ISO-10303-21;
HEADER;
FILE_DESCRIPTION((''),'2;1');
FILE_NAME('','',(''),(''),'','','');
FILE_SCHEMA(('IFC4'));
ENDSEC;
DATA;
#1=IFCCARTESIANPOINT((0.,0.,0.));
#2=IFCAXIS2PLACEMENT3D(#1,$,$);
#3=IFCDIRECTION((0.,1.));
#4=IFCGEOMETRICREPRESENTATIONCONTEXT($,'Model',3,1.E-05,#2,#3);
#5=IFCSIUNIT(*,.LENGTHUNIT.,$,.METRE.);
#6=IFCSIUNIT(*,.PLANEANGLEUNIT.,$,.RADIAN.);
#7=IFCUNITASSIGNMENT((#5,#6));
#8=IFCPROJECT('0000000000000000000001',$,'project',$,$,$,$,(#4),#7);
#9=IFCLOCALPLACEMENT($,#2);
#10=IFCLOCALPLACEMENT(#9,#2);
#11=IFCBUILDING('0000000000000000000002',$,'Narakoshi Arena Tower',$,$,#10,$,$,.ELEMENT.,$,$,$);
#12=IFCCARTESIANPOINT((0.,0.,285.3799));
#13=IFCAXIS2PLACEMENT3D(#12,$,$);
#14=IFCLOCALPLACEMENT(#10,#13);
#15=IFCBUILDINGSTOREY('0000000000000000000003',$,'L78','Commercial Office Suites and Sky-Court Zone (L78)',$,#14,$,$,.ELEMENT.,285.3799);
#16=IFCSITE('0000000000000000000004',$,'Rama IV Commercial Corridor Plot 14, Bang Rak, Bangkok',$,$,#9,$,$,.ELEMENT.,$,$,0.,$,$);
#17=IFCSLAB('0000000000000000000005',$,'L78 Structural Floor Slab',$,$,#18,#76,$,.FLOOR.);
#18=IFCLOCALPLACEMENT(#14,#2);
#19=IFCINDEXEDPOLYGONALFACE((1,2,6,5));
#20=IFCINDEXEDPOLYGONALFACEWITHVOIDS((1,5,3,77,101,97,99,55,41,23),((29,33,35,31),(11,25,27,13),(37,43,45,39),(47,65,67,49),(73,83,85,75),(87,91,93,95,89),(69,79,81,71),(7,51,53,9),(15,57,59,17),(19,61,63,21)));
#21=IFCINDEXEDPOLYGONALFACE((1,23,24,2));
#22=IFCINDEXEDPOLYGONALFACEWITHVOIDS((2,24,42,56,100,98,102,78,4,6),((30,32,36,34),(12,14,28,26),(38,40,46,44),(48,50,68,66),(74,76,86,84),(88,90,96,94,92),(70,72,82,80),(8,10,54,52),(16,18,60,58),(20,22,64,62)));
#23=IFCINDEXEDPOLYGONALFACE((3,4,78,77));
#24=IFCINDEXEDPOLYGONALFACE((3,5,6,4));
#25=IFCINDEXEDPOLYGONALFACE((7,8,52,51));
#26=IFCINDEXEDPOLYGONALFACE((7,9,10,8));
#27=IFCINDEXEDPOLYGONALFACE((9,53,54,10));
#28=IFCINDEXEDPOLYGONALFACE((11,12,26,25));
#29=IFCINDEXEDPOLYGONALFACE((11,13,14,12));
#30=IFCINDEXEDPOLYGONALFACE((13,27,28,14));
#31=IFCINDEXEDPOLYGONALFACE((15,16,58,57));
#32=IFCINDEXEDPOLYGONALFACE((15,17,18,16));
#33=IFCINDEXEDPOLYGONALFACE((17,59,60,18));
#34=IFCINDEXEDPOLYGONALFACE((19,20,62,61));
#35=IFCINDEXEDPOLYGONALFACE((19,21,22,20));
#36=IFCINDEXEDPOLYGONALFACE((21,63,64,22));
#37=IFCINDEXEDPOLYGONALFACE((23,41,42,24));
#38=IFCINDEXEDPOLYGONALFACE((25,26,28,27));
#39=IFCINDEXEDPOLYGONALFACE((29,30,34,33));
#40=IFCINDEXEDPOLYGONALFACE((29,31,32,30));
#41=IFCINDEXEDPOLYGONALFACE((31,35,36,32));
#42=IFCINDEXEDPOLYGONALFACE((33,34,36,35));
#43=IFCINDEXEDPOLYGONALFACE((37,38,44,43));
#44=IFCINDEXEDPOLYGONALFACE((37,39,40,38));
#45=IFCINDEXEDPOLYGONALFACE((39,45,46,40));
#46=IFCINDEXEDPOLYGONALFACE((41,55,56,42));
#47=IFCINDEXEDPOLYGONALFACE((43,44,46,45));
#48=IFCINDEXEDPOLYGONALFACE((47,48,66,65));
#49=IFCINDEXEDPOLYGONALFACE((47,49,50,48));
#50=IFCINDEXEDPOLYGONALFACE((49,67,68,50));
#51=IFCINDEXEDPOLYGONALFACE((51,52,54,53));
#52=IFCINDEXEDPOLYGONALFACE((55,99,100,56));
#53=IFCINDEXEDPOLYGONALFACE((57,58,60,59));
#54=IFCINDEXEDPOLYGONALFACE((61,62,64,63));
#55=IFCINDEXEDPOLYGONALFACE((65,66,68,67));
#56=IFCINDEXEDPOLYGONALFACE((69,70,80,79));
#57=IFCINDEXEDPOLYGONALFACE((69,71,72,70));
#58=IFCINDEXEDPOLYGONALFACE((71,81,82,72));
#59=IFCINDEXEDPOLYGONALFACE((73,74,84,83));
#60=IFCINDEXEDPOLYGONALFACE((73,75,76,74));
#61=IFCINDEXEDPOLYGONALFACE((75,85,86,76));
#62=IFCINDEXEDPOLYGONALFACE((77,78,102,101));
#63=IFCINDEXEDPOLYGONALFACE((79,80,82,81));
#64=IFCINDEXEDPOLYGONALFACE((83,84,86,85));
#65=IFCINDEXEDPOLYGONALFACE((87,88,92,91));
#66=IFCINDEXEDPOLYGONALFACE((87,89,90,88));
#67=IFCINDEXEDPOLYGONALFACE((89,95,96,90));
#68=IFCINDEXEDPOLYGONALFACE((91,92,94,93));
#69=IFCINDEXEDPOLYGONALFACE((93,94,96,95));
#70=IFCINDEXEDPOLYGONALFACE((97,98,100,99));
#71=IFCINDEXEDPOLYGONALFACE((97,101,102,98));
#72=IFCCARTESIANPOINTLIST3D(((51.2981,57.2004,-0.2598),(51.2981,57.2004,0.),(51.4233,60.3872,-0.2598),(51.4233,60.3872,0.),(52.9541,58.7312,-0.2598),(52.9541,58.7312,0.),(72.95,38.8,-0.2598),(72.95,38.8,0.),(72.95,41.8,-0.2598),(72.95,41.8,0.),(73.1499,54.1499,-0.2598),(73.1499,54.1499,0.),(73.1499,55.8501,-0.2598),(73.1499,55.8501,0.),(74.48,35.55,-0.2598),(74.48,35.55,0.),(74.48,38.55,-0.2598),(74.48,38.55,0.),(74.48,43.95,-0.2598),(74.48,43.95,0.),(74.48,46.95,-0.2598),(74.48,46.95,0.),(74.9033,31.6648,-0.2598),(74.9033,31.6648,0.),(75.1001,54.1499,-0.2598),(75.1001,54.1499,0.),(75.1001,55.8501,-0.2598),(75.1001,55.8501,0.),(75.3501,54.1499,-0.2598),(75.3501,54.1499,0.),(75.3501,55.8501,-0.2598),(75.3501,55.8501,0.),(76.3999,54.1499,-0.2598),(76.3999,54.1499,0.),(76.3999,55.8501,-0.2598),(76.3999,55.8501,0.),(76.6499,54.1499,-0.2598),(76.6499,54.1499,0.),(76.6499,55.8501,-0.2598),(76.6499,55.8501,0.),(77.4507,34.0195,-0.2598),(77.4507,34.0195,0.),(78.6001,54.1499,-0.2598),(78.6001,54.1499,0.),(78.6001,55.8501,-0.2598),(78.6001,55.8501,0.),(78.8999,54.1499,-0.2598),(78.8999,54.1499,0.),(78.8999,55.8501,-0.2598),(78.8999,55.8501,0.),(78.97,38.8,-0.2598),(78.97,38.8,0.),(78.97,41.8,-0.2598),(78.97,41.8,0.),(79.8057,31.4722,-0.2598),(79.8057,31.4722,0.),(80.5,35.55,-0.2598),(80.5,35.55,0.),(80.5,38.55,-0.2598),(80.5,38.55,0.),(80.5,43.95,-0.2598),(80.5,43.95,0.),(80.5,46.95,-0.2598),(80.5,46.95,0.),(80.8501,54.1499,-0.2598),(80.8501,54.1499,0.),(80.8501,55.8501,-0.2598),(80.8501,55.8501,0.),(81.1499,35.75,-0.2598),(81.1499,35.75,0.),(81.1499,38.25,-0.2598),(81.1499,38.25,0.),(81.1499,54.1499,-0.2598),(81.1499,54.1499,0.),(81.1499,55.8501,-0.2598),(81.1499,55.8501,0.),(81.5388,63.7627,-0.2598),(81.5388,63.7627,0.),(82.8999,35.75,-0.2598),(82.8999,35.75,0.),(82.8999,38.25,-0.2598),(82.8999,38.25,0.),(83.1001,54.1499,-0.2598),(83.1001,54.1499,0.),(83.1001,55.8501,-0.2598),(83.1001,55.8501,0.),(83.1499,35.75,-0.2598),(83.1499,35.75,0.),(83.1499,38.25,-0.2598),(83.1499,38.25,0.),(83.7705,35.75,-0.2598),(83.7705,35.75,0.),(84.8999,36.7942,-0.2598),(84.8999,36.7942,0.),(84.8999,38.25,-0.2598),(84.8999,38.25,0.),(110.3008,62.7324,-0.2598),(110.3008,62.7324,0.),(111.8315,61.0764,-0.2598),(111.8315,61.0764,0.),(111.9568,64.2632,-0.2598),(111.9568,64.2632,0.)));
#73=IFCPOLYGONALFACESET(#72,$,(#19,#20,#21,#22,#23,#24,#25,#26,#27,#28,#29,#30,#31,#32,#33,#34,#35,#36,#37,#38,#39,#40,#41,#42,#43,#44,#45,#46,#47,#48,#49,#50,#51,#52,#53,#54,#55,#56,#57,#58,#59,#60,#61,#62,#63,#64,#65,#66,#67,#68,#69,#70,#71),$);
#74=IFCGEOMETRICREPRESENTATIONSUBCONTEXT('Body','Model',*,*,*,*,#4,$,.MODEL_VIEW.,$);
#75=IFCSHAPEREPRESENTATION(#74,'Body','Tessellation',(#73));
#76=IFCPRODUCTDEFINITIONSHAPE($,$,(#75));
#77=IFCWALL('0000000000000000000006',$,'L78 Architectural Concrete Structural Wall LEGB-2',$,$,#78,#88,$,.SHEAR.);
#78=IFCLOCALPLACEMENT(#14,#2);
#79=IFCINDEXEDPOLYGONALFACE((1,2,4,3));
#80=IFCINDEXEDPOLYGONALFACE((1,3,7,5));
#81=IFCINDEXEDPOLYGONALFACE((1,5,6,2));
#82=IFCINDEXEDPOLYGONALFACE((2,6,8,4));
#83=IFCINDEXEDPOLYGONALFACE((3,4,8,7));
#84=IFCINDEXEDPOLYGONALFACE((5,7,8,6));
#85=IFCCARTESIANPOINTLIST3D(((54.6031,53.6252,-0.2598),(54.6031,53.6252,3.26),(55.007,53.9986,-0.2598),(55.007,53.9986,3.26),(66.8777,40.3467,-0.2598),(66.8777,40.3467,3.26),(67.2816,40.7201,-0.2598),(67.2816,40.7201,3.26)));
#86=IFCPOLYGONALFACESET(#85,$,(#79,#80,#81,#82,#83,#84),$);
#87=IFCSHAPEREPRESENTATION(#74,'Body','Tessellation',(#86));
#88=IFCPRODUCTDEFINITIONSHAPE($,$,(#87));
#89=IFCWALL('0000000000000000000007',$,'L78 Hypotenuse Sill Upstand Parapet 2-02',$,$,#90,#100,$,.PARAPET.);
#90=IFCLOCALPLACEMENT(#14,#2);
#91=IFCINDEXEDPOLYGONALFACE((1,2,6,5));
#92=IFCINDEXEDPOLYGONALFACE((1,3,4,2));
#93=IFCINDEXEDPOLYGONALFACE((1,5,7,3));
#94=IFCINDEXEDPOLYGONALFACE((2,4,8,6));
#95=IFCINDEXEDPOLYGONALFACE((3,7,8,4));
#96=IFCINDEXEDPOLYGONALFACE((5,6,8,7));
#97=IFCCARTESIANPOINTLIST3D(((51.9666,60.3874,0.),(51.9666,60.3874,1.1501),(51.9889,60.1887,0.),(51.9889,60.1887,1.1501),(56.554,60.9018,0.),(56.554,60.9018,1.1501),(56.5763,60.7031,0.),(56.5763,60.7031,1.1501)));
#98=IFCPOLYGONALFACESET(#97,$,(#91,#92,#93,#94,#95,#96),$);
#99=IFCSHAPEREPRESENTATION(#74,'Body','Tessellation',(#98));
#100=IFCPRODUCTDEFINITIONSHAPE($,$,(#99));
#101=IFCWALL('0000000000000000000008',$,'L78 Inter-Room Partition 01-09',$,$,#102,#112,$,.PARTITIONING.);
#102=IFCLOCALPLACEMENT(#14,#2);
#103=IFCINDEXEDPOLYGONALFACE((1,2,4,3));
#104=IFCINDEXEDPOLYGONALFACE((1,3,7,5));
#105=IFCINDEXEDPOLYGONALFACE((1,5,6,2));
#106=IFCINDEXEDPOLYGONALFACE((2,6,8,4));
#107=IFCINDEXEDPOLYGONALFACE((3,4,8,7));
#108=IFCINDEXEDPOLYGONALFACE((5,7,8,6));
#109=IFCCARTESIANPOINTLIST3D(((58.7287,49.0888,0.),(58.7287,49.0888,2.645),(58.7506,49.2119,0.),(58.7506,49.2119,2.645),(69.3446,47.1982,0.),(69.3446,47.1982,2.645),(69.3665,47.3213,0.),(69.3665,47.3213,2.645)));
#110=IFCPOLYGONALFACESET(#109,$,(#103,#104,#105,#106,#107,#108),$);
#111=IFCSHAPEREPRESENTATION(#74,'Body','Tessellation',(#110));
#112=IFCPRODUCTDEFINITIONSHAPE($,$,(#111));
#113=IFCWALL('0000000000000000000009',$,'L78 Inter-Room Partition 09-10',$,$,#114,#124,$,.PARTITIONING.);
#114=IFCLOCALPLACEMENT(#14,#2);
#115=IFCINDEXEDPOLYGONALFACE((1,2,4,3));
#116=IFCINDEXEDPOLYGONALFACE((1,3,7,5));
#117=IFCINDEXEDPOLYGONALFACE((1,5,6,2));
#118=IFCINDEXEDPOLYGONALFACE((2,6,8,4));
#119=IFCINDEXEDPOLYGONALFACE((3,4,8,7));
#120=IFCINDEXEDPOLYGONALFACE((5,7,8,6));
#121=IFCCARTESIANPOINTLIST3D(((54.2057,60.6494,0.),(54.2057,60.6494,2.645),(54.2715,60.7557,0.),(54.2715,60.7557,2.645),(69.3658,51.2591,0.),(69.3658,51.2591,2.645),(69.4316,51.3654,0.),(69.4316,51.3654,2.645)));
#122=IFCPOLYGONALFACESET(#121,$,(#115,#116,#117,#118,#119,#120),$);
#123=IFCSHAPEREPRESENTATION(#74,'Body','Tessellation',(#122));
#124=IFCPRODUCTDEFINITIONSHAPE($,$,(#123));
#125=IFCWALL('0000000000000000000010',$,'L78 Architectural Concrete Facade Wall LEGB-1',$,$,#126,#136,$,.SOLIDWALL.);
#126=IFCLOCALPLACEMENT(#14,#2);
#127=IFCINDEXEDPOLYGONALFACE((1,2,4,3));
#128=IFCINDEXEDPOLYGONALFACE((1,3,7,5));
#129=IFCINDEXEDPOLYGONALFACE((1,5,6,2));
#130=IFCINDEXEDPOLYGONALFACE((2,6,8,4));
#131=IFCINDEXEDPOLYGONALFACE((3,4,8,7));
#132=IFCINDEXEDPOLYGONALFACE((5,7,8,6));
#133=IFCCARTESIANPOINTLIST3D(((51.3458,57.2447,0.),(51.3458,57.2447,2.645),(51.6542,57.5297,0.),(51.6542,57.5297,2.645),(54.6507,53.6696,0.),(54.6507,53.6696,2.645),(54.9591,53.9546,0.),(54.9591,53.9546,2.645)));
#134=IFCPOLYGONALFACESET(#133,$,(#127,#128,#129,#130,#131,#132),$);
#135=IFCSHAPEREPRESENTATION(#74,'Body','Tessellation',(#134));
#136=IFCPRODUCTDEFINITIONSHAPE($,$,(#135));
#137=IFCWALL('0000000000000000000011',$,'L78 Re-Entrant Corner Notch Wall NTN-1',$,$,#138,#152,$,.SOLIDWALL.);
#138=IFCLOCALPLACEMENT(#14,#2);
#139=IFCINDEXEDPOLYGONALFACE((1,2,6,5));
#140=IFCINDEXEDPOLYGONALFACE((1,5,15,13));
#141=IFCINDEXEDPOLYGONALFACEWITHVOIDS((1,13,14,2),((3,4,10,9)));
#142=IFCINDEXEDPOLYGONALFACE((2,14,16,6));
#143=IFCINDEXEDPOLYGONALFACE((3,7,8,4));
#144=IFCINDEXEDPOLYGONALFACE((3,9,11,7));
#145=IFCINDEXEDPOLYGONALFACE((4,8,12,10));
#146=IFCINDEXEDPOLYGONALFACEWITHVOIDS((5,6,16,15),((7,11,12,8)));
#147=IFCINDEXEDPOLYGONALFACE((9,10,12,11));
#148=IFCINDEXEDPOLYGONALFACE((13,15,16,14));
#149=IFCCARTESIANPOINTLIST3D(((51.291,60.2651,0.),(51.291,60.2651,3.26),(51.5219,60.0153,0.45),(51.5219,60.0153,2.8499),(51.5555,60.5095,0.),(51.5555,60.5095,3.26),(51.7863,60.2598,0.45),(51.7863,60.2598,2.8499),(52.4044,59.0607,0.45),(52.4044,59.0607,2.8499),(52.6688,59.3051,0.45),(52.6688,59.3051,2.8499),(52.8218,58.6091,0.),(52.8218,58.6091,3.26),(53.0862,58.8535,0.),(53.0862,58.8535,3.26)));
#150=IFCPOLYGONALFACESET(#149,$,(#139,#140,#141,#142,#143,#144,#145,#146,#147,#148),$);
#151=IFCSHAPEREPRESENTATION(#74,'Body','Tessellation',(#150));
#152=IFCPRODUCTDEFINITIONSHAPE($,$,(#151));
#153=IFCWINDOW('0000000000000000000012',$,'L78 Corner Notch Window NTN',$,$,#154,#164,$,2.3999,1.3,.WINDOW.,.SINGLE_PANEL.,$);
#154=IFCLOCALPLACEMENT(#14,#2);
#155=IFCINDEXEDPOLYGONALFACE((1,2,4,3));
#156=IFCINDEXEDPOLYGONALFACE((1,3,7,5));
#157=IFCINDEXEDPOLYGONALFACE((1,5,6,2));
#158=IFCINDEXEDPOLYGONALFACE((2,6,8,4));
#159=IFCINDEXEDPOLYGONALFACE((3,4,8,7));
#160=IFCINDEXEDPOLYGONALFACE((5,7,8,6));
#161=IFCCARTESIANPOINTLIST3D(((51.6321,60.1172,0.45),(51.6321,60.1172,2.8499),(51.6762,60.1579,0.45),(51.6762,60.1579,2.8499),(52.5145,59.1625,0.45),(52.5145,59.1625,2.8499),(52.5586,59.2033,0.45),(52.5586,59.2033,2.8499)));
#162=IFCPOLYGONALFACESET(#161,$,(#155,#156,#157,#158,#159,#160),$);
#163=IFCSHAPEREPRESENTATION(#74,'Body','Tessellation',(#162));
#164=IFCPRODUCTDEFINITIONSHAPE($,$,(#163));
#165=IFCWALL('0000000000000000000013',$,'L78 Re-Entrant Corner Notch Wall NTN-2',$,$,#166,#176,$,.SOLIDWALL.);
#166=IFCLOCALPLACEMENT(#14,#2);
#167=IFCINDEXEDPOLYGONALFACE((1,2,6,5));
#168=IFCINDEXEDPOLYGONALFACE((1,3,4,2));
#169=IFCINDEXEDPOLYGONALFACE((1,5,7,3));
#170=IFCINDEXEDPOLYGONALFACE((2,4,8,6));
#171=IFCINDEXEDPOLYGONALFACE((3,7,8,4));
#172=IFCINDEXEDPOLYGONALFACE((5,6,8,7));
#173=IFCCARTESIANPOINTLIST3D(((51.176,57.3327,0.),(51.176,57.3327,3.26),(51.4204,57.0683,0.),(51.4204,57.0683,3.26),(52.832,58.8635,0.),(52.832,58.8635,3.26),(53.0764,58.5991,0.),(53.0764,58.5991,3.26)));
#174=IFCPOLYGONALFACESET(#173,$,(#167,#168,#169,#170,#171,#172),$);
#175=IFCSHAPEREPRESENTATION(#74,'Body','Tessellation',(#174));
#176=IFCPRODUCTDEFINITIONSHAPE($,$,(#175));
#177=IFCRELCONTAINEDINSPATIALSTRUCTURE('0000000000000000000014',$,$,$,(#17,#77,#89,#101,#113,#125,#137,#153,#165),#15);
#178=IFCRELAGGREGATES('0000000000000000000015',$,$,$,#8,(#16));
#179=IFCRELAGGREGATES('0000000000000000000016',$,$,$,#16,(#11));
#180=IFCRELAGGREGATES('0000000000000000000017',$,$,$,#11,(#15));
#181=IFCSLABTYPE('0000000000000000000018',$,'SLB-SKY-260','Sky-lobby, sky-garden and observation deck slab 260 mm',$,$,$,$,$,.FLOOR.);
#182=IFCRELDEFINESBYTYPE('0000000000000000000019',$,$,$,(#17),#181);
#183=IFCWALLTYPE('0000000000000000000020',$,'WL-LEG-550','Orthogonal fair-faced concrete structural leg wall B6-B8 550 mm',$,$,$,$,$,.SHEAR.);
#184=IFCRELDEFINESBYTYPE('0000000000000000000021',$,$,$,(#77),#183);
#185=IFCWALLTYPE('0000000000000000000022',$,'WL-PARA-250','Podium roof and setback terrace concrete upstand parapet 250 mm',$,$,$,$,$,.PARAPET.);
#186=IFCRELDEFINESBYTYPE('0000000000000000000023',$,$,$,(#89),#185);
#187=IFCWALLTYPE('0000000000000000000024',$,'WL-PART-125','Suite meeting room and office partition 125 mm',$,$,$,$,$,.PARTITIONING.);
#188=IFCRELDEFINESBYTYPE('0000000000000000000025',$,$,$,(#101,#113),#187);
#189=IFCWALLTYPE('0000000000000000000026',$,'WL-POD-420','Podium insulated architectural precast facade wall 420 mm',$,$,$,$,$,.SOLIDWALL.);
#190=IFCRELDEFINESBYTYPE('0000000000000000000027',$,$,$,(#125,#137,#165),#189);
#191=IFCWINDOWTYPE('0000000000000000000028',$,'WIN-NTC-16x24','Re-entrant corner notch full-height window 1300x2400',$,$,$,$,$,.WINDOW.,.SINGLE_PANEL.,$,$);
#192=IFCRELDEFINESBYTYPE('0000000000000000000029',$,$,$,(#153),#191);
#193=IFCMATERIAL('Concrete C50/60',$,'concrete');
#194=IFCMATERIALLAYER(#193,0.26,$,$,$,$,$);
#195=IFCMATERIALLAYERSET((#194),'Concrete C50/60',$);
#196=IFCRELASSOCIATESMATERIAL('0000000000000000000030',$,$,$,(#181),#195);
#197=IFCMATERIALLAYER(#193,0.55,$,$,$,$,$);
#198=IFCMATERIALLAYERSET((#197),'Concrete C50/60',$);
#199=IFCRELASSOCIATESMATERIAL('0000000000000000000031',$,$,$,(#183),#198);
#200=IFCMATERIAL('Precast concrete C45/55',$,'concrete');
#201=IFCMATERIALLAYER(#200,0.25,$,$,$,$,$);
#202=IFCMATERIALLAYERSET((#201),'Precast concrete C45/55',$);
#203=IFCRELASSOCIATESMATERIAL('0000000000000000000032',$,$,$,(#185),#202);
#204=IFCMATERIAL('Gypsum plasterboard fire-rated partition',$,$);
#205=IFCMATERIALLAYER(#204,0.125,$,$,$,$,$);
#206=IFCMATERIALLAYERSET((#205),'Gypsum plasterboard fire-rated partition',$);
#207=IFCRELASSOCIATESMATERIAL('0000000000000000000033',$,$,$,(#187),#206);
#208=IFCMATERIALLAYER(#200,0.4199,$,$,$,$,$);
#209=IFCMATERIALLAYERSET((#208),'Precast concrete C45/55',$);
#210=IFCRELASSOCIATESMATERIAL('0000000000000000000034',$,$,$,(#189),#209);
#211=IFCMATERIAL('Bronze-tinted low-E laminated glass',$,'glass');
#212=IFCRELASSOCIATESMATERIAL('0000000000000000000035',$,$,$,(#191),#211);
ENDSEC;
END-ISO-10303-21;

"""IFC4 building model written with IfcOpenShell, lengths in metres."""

from ifc_helpers import new_model, si_unit, direction, frame, frame_2d, origin, place, context, subcontext, project, spatial, polyline, rectangle, outline, extrude, material, layer, layer_set, type_object, element, fill, save


model = new_model("IFC4")

# Units and contexts
model_context = context("Model", 3, precision=1e-05, world=origin(), true_north=direction((0.0, 1.0)))
body_context = subcontext(model_context, "Body", "Model", "MODEL_VIEW")
ifc_project = project(units=[si_unit("LENGTHUNIT", "METRE"), si_unit("PLANEANGLEUNIT", "RADIAN")], contexts=[model_context])

# Site, building, storey
site_placement = place(None, origin())
site = spatial("IfcSite", under=ifc_project, at=site_placement, Name="Rama IV Commercial Corridor Plot 14, Bang Rak, Bangkok", CompositionType="ELEMENT", RefElevation=0.0)
building_placement = place(site_placement, origin())
building = spatial("IfcBuilding", under=site, at=building_placement, Name="Narakoshi Arena Tower", CompositionType="ELEMENT")
storey_placement = place(building_placement, frame((0.0, 0.0, 285.3799)))
storey = spatial("IfcBuildingStorey", under=building, at=storey_placement, Name="L78", Description="Commercial Office Suites and Sky-Court Zone (L78)", CompositionType="ELEMENT", Elevation=285.3799)

# Shared definitions
ifc_material_1 = material(Name="Concrete C50/60", Category="concrete")

# Shared definitions
ifc_material_2 = material(Name="Bronze-tinted low-E laminated glass", Category="glass")

# Slab
ifc_layer_1 = layer(ifc_material_1, 0.26)
ifc_layer_set_1 = layer_set([ifc_layer_1], Name="Concrete C50/60")
slab_type_1 = type_object("IfcSlabType", Name="SLB-SKY-260", Description="Sky-lobby, sky-garden and observation deck slab 260 mm", PredefinedType="FLOOR", material=ifc_layer_set_1)
slab_1_placement = place(storey_placement, frame((0.0, 0.0, -0.2598)))
element("IfcSlab", 1, at=slab_1_placement, inside=storey, type_object=slab_type_1, Name="L78 Structural Floor Slab", PredefinedType="FLOOR", context=body_context, shape_type="SweptSolid", body=[
    extrude(outline(polyline([(79.8057, 31.4722), (111.8315, 61.0764), (110.3008, 62.7324), (111.9568, 64.2632), (81.5388, 63.7627), (51.4233, 60.3872), (52.9541, 58.7312), (51.2981, 57.2004), (74.9033, 31.6648), (77.4507, 34.0195), (79.8057, 31.4722)]), holes=[polyline([(80.5, 35.55), (74.48, 35.55), (74.48, 38.55), (80.5, 38.55), (80.5, 35.55)]), polyline([(82.8999, 35.75), (81.1499, 35.75), (81.1499, 38.25), (82.8999, 38.25), (82.8999, 35.75)]), polyline([(84.8999, 36.7942), (83.7705, 35.75), (83.1499, 35.75), (83.1499, 38.25), (84.8999, 38.25), (84.8999, 36.7942)]), polyline([(72.95, 38.8), (72.95, 41.8), (78.97, 41.8), (78.97, 38.8), (72.95, 38.8)]), polyline([(74.48, 43.95), (74.48, 46.95), (80.5, 46.95), (80.5, 43.95), (74.48, 43.95)]), polyline([(75.1001, 54.1499), (73.1499, 54.1499), (73.1499, 55.8501), (75.1001, 55.8501), (75.1001, 54.1499)]), polyline([(76.3999, 54.1499), (75.3501, 54.1499), (75.3501, 55.8501), (76.3999, 55.8501), (76.3999, 54.1499)]), polyline([(78.6001, 54.1499), (76.6499, 54.1499), (76.6499, 55.8501), (78.6001, 55.8501), (78.6001, 54.1499)]), polyline([(78.8999, 54.1499), (78.8999, 55.8501), (80.8501, 55.8501), (80.8501, 54.1499), (78.8999, 54.1499)]), polyline([(81.1499, 54.1499), (81.1499, 55.8501), (83.1001, 55.8501), (83.1001, 54.1499), (81.1499, 54.1499)])]), origin(), (0.0, 0.0, 1.0), 0.2598),
])

# Walls
ifc_layer_2 = layer(ifc_material_1, 0.55)
ifc_layer_set_2 = layer_set([ifc_layer_2], Name="Concrete C50/60")
wall_type_1 = type_object("IfcWallType", Name="WL-LEG-550", Description="Orthogonal fair-faced concrete structural leg wall B6-B8 550 mm", PredefinedType="SHEAR", material=ifc_layer_set_2)
wall_1_placement = place(storey_placement, frame((54.8049, 53.812, -0.2598), z_axis=(0.0, 0.0, 1.0), x_axis=(0.678803, -0.73432, 0.0)))
element("IfcWall", 2, at=wall_1_placement, inside=storey, type_object=wall_type_1, Name="L78 Architectural Concrete Structural Wall LEGB-2", PredefinedType="SHEAR", context=body_context, shape_type="SweptSolid", body=[
    extrude(rectangle(XDim=18.0828, YDim=0.55, at=frame_2d((9.0415, 0.0))), origin(), (0.0, 0.0, 1.0), 3.5198),
])
ifc_material_3 = material(Name="Precast concrete C45/55", Category="concrete")
ifc_layer_3 = layer(ifc_material_3, 0.25)
ifc_layer_set_3 = layer_set([ifc_layer_3], Name="Precast concrete C45/55")
wall_type_2 = type_object("IfcWallType", Name="WL-PARA-250", Description="Podium roof and setback terrace concrete upstand parapet 250 mm", PredefinedType="PARAPET", material=ifc_layer_set_3)
wall_2_placement = place(storey_placement, frame((56.5652, 60.8025, 0.0), z_axis=(0.0, 0.0, 1.0), x_axis=(-0.993772, -0.111436, 0.0)))
element("IfcWall", 3, at=wall_2_placement, inside=storey, type_object=wall_type_2, Name="L78 Hypotenuse Sill Upstand Parapet 2-02", PredefinedType="PARAPET", context=body_context, shape_type="SweptSolid", body=[
    extrude(rectangle(XDim=4.6162, YDim=0.2, at=frame_2d((2.3081, 0.0))), origin(), (0.0, 0.0, 1.0), 1.1501),
])
ifc_material_4 = material(Name="Gypsum plasterboard fire-rated partition")
ifc_layer_4 = layer(ifc_material_4, 0.125)
ifc_layer_set_4 = layer_set([ifc_layer_4], Name="Gypsum plasterboard fire-rated partition")
wall_type_3 = type_object("IfcWallType", Name="WL-PART-125", Description="Suite meeting room and office partition 125 mm", PredefinedType="PARTITIONING", material=ifc_layer_set_4)
wall_3_placement = place(storey_placement, frame((58.7395, 49.1504, 0.0), z_axis=(0.0, 0.0, 1.0), x_axis=(0.984509, -0.175334, 0.0)))
element("IfcWall", 4, at=wall_3_placement, inside=storey, type_object=wall_type_3, Name="L78 Inter-Room Partition 01-09", PredefinedType="PARTITIONING", context=body_context, shape_type="SweptSolid", body=[
    extrude(rectangle(XDim=10.783, YDim=0.125, at=frame_2d((5.3916, 0.0))), origin(), (0.0, 0.0, 1.0), 2.645),
])
wall_4_placement = place(storey_placement, frame((54.2385, 60.7026, 0.0), z_axis=(0.0, 0.0, 1.0), x_axis=(0.850127, -0.526578, 0.0)))
element("IfcWall", 5, at=wall_4_placement, inside=storey, type_object=wall_type_3, Name="L78 Inter-Room Partition 09-10", PredefinedType="PARTITIONING", context=body_context, shape_type="SweptSolid", body=[
    extrude(rectangle(XDim=17.8328, YDim=0.125, at=frame_2d((8.9165, 0.0))), origin(), (0.0, 0.0, 1.0), 2.645),
])
ifc_layer_5 = layer(ifc_material_3, 0.4199)
ifc_layer_set_5 = layer_set([ifc_layer_5], Name="Precast concrete C45/55")
wall_type_4 = type_object("IfcWallType", Name="WL-POD-420", Description="Podium insulated architectural precast facade wall 420 mm", PredefinedType="SOLIDWALL", material=ifc_layer_set_5)
wall_5_placement = place(storey_placement, frame((51.5, 57.3872, 0.0), z_axis=(0.0, 0.0, 1.0), x_axis=(0.678807, -0.734317, 0.0)))
element("IfcWall", 6, at=wall_5_placement, inside=storey, type_object=wall_type_4, Name="L78 Architectural Concrete Facade Wall LEGB-1", PredefinedType="SOLIDWALL", context=body_context, shape_type="SweptSolid", body=[
    extrude(rectangle(XDim=4.8687, YDim=0.4199, at=frame_2d((2.4343, 0.0))), origin(), (0.0, 0.0, 1.0), 2.645),
])

# Wall, opening, window
wall_6_placement = place(storey_placement, frame((51.4233, 60.3872, 0.0), z_axis=(0.0, 0.0, 1.0), x_axis=(0.678793, -0.73433, 0.0)))
wall_6 = element("IfcWall", 7, at=wall_6_placement, inside=storey, type_object=wall_type_4, Name="L78 Re-Entrant Corner Notch Wall NTN-1", PredefinedType="SOLIDWALL", context=body_context, shape_type="SweptSolid", body=[
    extrude(rectangle(XDim=2.2551, YDim=0.3601, at=frame_2d((1.1274, 0.0))), origin(), (0.0, 0.0, 1.0), 3.26),
])
opening_placement = place(wall_6_placement, frame((0.3401, 0.0, 0.45)))
opening = element("IfcOpeningElement", 8, at=opening_placement, cuts=wall_6, PredefinedType="OPENING", context=body_context, shape_type="SweptSolid", body=[
    extrude(rectangle(XDim=1.3, YDim=2.3999, at=frame_2d((0.6499, 1.2))), frame((0.0, 0.1899, 0.0), z_axis=(0.0, -1.0, 0.0), x_axis=(1.0, 0.0, 0.0)), (0.0, 0.0, 1.0), 0.3801),
])
window_type = type_object("IfcWindowType", Name="WIN-NTC-16x24", Description="Re-entrant corner notch full-height window 1300x2400", PartitioningType="SINGLE_PANEL", PredefinedType="WINDOW", material=ifc_material_2)
window_placement = place(opening_placement, origin())
window = element("IfcWindow", 9, at=window_placement, inside=storey, type_object=window_type, Name="L78 Corner Notch Window NTN", OverallHeight=2.3999, OverallWidth=1.3, PartitioningType="SINGLE_PANEL", PredefinedType="WINDOW", context=body_context, shape_type="SweptSolid", body=[
    extrude(rectangle(XDim=1.3, YDim=2.3999, at=frame_2d((0.6499, 1.2))), frame((0.0, 0.03, 0.0), z_axis=(0.0, -1.0, 0.0), x_axis=(1.0, 0.0, 0.0)), (0.0, 0.0, 1.0), 0.0601),
])
fill(opening, window)

# Wall
wall_7_placement = place(storey_placement, frame((52.9541, 58.7312, 0.0), z_axis=(0.0, 0.0, 1.0), x_axis=(-0.73433, -0.678793, 0.0)))
element("IfcWall", 10, at=wall_7_placement, inside=storey, type_object=wall_type_4, Name="L78 Re-Entrant Corner Notch Wall NTN-2", PredefinedType="SOLIDWALL", context=body_context, shape_type="SweptSolid", body=[
    extrude(rectangle(XDim=2.2551, YDim=0.3601, at=frame_2d((1.1274, 0.0))), origin(), (0.0, 0.0, 1.0), 3.26),
])

save(model, "model.ifc")
